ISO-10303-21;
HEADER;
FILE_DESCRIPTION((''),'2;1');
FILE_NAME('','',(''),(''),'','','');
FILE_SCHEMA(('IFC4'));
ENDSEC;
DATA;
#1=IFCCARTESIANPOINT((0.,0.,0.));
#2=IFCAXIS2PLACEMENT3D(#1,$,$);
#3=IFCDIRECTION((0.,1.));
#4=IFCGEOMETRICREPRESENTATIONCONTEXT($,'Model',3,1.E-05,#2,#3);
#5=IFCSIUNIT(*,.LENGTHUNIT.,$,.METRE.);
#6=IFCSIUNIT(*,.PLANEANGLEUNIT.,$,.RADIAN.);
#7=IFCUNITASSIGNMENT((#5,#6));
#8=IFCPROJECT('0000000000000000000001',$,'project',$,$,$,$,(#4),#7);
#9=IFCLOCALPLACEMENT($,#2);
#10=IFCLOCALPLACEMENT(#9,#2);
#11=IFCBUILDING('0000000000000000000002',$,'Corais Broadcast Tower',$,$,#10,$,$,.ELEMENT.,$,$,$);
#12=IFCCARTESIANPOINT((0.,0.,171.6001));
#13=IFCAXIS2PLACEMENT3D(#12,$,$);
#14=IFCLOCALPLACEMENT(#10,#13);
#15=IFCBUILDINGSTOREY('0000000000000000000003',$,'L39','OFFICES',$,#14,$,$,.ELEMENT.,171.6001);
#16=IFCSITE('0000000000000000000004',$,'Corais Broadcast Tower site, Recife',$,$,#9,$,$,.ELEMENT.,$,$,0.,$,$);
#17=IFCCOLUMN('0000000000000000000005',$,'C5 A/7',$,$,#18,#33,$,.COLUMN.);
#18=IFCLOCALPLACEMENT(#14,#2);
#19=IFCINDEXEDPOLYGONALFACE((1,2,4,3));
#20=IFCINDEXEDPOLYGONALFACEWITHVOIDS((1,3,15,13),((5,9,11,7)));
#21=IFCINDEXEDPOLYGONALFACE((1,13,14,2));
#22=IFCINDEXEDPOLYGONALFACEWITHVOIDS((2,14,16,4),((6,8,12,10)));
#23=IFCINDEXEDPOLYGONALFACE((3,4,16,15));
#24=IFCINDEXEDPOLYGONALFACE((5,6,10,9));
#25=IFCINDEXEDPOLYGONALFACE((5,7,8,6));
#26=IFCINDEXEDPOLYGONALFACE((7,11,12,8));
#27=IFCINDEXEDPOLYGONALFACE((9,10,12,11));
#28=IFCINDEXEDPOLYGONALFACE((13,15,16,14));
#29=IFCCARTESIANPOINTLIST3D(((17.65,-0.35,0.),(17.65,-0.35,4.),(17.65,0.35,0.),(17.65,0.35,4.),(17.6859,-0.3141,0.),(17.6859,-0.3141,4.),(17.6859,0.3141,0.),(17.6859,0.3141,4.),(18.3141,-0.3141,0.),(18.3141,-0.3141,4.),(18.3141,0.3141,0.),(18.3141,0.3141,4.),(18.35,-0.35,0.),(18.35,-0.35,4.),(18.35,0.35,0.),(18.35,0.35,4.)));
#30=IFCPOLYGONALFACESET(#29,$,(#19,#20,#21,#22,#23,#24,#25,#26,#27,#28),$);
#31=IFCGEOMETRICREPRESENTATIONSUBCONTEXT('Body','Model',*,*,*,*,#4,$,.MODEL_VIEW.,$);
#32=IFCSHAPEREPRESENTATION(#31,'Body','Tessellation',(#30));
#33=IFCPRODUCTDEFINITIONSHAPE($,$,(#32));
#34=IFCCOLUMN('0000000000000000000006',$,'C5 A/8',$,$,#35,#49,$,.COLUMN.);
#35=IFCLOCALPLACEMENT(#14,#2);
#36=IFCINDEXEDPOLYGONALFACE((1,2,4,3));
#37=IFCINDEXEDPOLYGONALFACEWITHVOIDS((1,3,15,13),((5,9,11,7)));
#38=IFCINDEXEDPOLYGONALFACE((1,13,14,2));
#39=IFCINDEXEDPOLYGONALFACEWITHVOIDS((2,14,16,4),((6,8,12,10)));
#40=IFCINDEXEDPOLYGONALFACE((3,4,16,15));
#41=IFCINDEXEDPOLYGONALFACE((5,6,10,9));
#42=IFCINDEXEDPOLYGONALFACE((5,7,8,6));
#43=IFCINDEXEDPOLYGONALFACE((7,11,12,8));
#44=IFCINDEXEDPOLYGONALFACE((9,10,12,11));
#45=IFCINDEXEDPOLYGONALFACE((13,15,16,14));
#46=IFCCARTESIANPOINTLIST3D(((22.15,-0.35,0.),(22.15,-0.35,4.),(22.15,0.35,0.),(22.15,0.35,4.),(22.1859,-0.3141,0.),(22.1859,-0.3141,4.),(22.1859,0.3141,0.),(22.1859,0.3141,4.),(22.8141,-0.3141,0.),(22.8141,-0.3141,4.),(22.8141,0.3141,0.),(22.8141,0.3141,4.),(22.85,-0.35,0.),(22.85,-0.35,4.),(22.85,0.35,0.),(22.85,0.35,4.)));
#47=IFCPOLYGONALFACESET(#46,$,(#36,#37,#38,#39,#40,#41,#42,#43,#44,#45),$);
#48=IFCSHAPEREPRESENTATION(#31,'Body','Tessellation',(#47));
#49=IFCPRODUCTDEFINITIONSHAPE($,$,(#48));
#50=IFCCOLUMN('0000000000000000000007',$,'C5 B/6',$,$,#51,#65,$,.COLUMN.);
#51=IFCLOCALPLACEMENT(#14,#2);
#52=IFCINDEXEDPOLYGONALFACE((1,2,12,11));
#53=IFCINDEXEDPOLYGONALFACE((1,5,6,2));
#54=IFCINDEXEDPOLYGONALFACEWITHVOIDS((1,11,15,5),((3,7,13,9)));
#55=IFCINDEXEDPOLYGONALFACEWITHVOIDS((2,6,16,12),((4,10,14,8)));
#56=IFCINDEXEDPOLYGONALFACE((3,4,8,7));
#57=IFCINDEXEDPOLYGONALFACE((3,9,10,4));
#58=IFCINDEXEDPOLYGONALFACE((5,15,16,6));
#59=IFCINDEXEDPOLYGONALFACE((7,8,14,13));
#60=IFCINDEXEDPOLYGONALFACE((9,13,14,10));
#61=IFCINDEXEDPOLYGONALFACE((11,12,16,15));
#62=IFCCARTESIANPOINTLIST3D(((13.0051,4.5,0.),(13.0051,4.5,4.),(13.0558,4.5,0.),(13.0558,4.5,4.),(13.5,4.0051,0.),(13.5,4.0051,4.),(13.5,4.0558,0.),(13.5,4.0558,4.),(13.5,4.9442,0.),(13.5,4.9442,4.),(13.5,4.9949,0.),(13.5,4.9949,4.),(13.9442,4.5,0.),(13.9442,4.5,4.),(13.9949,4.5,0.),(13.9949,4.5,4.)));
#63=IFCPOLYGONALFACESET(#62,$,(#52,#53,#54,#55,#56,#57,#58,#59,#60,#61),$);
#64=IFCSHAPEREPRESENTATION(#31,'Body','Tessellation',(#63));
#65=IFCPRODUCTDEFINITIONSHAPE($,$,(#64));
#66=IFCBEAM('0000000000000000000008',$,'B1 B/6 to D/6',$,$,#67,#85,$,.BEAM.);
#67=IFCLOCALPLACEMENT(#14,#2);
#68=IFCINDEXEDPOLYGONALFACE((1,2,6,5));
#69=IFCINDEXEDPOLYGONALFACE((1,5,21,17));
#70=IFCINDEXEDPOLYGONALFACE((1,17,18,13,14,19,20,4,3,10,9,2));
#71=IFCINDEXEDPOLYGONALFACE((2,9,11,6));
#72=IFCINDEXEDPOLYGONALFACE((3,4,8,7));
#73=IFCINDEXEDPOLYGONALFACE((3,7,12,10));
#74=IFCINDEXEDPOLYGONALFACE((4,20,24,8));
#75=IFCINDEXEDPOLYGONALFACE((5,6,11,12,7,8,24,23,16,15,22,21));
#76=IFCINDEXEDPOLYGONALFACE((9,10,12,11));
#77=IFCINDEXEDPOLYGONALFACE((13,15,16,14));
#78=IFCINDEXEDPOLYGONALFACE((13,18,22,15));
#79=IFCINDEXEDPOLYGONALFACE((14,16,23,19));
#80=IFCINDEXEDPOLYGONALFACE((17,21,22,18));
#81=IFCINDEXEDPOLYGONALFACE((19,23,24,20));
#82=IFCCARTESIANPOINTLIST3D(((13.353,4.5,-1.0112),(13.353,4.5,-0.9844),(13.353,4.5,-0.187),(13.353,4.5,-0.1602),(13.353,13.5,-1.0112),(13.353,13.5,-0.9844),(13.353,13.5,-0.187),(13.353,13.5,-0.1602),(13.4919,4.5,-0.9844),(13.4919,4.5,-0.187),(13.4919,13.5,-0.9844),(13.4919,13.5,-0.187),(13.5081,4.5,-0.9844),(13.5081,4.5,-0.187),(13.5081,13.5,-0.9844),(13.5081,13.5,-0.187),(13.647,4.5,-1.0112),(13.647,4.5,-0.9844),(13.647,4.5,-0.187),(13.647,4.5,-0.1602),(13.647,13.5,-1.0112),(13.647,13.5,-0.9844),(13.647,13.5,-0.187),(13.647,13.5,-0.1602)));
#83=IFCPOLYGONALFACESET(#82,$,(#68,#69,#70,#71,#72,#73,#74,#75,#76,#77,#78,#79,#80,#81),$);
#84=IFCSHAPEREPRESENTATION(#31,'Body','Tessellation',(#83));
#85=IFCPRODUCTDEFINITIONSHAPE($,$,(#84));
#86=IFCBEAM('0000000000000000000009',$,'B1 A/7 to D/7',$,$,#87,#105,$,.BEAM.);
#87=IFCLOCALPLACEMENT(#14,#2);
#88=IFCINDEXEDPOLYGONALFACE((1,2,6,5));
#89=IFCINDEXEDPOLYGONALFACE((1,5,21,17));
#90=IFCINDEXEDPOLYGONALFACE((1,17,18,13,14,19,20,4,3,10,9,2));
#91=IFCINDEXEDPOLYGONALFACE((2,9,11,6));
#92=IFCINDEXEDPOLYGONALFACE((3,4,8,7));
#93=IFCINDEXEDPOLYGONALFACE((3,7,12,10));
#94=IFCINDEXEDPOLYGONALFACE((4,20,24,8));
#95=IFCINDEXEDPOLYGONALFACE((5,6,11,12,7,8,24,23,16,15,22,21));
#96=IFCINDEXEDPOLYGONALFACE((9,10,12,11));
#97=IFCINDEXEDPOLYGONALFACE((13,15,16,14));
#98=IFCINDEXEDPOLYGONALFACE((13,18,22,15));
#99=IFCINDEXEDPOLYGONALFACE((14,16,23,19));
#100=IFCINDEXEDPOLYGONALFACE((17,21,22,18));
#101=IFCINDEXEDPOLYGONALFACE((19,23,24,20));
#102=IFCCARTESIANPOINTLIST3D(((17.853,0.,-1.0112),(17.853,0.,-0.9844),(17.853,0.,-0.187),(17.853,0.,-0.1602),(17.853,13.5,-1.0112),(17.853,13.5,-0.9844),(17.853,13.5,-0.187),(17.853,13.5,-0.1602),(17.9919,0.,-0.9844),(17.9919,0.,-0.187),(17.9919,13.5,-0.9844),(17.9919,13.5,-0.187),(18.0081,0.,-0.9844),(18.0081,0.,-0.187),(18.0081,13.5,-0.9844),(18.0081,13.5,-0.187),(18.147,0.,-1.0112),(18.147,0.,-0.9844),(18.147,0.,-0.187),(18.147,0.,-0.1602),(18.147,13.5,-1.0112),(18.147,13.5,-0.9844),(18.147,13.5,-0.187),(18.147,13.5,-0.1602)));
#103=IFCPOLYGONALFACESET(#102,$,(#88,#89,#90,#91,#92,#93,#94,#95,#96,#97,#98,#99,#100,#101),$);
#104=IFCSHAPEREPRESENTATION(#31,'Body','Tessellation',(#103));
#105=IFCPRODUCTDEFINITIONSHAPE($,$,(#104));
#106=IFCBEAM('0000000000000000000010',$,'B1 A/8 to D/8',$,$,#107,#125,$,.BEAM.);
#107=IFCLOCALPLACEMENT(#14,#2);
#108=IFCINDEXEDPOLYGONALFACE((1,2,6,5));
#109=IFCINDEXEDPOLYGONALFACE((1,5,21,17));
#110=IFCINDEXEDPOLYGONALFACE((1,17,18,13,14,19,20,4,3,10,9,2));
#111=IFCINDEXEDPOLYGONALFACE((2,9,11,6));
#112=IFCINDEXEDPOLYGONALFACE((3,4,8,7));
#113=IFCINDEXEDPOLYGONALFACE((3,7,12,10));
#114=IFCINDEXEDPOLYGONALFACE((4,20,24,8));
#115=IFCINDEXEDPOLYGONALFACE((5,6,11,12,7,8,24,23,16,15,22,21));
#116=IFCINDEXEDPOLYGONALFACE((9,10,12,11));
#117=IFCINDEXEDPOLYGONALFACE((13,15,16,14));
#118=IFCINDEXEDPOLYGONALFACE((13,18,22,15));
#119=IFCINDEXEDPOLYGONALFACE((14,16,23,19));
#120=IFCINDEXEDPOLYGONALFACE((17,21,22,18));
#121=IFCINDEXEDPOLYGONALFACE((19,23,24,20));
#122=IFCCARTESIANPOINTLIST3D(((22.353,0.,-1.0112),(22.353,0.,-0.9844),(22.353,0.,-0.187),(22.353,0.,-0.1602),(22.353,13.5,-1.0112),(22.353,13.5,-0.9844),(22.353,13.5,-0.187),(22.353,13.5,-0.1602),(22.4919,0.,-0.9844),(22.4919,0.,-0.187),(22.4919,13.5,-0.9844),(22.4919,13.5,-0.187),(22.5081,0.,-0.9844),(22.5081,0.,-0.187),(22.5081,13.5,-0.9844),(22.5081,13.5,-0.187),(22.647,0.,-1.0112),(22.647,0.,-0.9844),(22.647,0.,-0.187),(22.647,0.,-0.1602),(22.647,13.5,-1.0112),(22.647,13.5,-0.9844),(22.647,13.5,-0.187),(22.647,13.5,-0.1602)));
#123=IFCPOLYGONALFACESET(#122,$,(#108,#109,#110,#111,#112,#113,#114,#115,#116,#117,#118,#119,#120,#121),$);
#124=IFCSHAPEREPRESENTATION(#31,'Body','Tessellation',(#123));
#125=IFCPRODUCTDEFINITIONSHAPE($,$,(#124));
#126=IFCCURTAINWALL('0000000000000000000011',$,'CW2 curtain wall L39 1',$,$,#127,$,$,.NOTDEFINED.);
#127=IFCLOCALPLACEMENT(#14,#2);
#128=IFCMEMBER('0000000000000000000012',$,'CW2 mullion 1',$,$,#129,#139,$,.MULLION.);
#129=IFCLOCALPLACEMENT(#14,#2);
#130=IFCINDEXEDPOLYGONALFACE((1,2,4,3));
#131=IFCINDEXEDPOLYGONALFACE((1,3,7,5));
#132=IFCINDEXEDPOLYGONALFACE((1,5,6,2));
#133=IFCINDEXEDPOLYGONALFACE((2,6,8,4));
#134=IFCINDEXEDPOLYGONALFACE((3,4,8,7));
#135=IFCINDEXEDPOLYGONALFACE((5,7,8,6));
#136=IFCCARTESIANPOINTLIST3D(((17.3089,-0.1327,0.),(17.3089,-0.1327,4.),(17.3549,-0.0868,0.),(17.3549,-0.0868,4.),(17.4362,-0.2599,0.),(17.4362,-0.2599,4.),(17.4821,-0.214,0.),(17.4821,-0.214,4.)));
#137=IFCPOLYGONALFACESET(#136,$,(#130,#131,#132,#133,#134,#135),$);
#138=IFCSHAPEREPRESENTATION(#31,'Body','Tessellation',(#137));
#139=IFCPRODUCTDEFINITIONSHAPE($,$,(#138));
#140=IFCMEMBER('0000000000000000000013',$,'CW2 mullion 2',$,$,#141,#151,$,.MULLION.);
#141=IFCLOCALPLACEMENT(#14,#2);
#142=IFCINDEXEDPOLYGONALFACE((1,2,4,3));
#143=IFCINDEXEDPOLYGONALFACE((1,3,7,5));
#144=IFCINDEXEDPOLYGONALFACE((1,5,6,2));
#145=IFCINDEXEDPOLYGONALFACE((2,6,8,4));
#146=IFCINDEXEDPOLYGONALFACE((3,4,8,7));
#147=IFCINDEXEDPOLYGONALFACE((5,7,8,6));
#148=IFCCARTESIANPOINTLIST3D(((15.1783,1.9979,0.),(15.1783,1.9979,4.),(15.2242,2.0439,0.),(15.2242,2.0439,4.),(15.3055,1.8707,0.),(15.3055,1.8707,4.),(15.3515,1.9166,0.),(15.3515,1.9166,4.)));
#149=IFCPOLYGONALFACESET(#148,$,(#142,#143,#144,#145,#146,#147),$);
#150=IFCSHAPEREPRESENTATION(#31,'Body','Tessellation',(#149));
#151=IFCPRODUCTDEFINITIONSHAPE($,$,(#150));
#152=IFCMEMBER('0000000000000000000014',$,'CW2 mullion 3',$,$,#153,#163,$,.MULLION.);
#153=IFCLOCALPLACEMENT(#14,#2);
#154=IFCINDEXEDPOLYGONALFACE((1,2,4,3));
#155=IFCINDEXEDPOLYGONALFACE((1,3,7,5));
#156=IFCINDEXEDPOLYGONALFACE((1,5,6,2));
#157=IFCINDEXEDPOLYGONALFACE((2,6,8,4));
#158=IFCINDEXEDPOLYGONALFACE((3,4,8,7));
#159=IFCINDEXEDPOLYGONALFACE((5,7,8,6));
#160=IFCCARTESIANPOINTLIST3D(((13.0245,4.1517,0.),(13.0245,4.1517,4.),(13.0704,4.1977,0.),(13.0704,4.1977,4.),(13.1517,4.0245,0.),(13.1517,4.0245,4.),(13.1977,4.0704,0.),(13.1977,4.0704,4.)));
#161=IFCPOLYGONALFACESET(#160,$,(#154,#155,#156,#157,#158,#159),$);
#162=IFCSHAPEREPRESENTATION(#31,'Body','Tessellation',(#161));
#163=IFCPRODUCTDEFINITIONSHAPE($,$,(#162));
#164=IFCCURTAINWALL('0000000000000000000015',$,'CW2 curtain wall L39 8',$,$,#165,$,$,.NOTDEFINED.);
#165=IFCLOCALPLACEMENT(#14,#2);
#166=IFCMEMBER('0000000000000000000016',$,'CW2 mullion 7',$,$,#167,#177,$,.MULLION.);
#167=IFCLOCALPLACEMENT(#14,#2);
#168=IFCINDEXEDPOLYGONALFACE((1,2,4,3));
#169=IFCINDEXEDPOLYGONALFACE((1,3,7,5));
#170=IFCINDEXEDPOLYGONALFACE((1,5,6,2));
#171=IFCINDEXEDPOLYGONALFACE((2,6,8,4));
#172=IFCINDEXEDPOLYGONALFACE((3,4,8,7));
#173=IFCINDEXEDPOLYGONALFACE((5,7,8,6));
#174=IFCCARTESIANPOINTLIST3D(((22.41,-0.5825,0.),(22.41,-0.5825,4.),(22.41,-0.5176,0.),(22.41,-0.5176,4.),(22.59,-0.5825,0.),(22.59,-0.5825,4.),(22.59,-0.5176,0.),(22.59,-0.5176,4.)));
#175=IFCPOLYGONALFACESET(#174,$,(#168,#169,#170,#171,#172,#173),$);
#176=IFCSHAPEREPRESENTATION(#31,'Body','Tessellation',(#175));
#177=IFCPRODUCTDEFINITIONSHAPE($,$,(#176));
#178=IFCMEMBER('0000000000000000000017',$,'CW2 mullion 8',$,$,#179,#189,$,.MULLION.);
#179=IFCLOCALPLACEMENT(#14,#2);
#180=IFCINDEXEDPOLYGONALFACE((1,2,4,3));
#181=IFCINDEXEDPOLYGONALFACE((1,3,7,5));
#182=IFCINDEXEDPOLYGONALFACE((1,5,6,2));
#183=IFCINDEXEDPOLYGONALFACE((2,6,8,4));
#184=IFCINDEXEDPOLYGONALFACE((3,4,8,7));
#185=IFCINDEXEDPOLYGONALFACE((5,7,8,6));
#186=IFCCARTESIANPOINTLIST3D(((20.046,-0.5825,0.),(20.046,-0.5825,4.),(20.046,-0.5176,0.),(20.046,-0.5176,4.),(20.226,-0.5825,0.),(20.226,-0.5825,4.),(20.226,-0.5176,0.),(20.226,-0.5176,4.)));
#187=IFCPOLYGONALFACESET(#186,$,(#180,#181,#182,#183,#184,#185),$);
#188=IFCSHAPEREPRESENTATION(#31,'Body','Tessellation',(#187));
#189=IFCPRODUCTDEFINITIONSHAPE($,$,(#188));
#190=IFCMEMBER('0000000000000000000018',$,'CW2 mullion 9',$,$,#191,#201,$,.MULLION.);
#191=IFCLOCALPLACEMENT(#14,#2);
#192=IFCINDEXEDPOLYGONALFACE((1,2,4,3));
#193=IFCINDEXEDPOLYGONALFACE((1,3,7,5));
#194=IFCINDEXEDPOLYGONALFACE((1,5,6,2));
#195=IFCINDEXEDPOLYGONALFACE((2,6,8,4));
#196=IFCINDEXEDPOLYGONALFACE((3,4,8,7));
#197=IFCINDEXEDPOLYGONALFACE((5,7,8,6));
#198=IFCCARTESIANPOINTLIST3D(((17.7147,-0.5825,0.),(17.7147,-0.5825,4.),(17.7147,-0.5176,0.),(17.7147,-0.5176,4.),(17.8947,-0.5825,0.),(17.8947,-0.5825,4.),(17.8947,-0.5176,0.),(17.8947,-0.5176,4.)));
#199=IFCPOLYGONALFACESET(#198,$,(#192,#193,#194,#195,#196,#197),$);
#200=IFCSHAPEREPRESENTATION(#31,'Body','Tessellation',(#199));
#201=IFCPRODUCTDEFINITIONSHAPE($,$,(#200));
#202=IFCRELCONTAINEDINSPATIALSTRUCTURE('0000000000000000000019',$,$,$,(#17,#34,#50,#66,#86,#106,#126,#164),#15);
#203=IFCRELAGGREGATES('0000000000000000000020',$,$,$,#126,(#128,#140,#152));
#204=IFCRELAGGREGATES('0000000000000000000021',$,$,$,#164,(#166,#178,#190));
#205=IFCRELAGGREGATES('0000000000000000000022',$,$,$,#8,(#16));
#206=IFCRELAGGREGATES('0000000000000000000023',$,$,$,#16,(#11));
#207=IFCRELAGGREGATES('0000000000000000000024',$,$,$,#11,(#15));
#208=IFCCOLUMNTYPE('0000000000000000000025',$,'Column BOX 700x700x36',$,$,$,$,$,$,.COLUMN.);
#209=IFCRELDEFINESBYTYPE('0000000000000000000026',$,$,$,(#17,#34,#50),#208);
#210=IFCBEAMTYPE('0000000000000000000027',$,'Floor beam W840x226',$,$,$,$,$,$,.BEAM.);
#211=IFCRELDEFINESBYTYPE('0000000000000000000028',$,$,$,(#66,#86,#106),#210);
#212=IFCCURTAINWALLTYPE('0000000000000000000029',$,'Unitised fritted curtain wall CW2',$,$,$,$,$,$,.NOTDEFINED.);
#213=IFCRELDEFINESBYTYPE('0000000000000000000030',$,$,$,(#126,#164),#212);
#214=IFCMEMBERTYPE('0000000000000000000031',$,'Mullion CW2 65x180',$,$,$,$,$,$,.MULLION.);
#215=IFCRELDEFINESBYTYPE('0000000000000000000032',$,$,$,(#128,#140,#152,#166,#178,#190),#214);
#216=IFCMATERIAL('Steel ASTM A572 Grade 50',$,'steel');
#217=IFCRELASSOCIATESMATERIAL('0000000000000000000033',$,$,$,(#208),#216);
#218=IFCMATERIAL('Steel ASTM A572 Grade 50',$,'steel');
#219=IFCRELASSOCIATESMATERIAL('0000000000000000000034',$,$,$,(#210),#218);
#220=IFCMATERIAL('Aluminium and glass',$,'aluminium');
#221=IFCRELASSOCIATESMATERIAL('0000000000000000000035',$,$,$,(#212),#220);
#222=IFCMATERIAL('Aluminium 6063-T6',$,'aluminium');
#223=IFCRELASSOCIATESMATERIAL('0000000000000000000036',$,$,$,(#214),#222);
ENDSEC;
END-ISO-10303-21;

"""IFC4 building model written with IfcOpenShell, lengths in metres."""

from ifc_helpers import new_model, si_unit, direction, frame, origin, origin_2d, place, context, subcontext, project, spatial, rectangle, hollow_rectangle, i_section, extrude, material, material_profile, profile_set, type_object, element, aggregate, save


model = new_model("IFC4")

# Units and contexts
model_context = context("Model", 3, precision=1e-05, world=origin(), true_north=direction((0.0, 1.0)))
body_context = subcontext(model_context, "Body", "Model", "MODEL_VIEW")
ifc_project = project(units=[si_unit("LENGTHUNIT", "METRE"), si_unit("PLANEANGLEUNIT", "RADIAN")], contexts=[model_context])

# Site, building, storey
site_placement = place(None, origin())
site = spatial("IfcSite", under=ifc_project, at=site_placement, Name="Corais Broadcast Tower site, Recife", CompositionType="ELEMENT", RefElevation=0.0)
building_placement = place(site_placement, origin())
building = spatial("IfcBuilding", under=site, at=building_placement, Name="Corais Broadcast Tower", CompositionType="ELEMENT")
storey_placement = place(building_placement, frame((0.0, 0.0, 171.6001)))
storey = spatial("IfcBuildingStorey", under=building, at=storey_placement, Name="L39", Description="OFFICES", CompositionType="ELEMENT", Elevation=171.6001)

# Columns
ifc_material_1 = material(Name="Steel ASTM A572 Grade 50", Category="steel")
ifc_material_profile_1 = material_profile(ifc_material_1, hollow_rectangle(XDim=0.7, YDim=0.7, WallThickness=0.0359, at=origin_2d()), Name="BOX 700x700x36")
ifc_profile_set_1 = profile_set([ifc_material_profile_1], Name="Steel ASTM A572 Grade 50")
column_type = type_object("IfcColumnType", Name="Column BOX 700x700x36", PredefinedType="COLUMN", material=ifc_profile_set_1)
for number, where, z_axis, x_axis, name in (
    (1, (18.0, 0.0, 0.0), (0.0, 0.0, 1.0), (1.0, 0.0, 0.0), "C5 A/7"),
    (2, (22.5, 0.0, 0.0), (0.0, 0.0, 1.0), (1.0, 0.0, 0.0), "C5 A/8"),
    (3, (13.5, 4.5, 0.0), (0.0, 0.0, 1.0), (0.707107, 0.707107, 0.0), "C5 B/6"),
):
    element("IfcColumn", number, at=place(storey_placement, frame(where, z_axis=z_axis, x_axis=x_axis)), inside=storey, type_object=column_type, Name=name, PredefinedType="COLUMN", context=body_context, shape_type="SweptSolid", body=[
        extrude(hollow_rectangle(XDim=0.7, YDim=0.7, WallThickness=0.0359, at=origin_2d()), origin(), (0.0, 0.0, 1.0), 4.0),
    ])

# Beams
ifc_material_2 = material(Name="Steel ASTM A572 Grade 50", Category="steel")
ifc_material_profile_2 = material_profile(ifc_material_2, i_section(OverallWidth=0.2939, OverallDepth=0.8511, WebThickness=0.0161, FlangeThickness=0.0269, at=origin_2d()), Name="W840x226")
ifc_profile_set_2 = profile_set([ifc_material_profile_2], Name="Steel ASTM A572 Grade 50")
beam_type_1 = type_object("IfcBeamType", Name="Floor beam W840x226", PredefinedType="BEAM", material=ifc_profile_set_2)
beam_1_placement = place(storey_placement, frame((13.5, 4.5, -0.5857), z_axis=(0.0, 1.0, 0.0), x_axis=(-1.0, 0.0, 0.0)))
element("IfcBeam", 4, at=beam_1_placement, inside=storey, type_object=beam_type_1, Name="B1 B/6 to D/6", PredefinedType="BEAM", context=body_context, shape_type="SweptSolid", body=[
    extrude(i_section(OverallWidth=0.2939, OverallDepth=0.8511, WebThickness=0.0161, FlangeThickness=0.0269, at=origin_2d()), origin(), (0.0, 0.0, 1.0), 9.0),
])
for number, where, z_axis, x_axis, name in (
    (5, (18.0, 0.0, -0.5857), (0.0, 1.0, 0.0), (-1.0, 0.0, 0.0), "B1 A/7 to D/7"),
    (6, (22.5, 0.0, -0.5857), (0.0, 1.0, 0.0), (-1.0, 0.0, 0.0), "B1 A/8 to D/8"),
):
    element("IfcBeam", number, at=place(storey_placement, frame(where, z_axis=z_axis, x_axis=x_axis)), inside=storey, type_object=beam_type_1, Name=name, PredefinedType="BEAM", context=body_context, shape_type="SweptSolid", body=[
        extrude(i_section(OverallWidth=0.2939, OverallDepth=0.8511, WebThickness=0.0161, FlangeThickness=0.0269, at=origin_2d()), origin(), (0.0, 0.0, 1.0), 13.5),
    ])

# Curtain walls, members
ifc_material_3 = material(Name="Aluminium and glass", Category="aluminium")
curtain_wall_type = type_object("IfcCurtainWallType", Name="Unitised fritted curtain wall CW2", PredefinedType="NOTDEFINED", material=ifc_material_3)
curtain_wall_1_placement = place(storey_placement, origin())
curtain_wall_1 = element("IfcCurtainWall", 7, at=curtain_wall_1_placement, inside=storey, type_object=curtain_wall_type, Name="CW2 curtain wall L39 1", PredefinedType="NOTDEFINED")
ifc_material_4 = material(Name="Aluminium 6063-T6", Category="aluminium")
ifc_material_profile_3 = material_profile(ifc_material_4, rectangle(XDim=0.0649, YDim=0.1799, at=origin_2d()), Name="Mullion CW2 65x180")
ifc_profile_set_3 = profile_set([ifc_material_profile_3], Name="Aluminium 6063-T6")
member_type_1 = type_object("IfcMemberType", Name="Mullion CW2 65x180", PredefinedType="MULLION", material=ifc_profile_set_3)
member_1_placement = place(storey_placement, frame((17.3955, -0.1733, 0.0), z_axis=(0.0, 0.0, 1.0), x_axis=(-0.707107, -0.707107, 0.0)))
member_1 = element("IfcMember", 8, at=member_1_placement, type_object=member_type_1, Name="CW2 mullion 1", PredefinedType="MULLION", context=body_context, shape_type="SweptSolid", body=[
    extrude(rectangle(XDim=0.0649, YDim=0.1799, at=origin_2d()), origin(), (0.0, 0.0, 1.0), 4.0),
])
member_2_placement = place(storey_placement, frame((15.2649, 1.9573, 0.0), z_axis=(0.0, 0.0, 1.0), x_axis=(-0.707107, -0.707107, 0.0)))
member_2 = element("IfcMember", 9, at=member_2_placement, type_object=member_type_1, Name="CW2 mullion 2", PredefinedType="MULLION", context=body_context, shape_type="SweptSolid", body=[
    extrude(rectangle(XDim=0.0649, YDim=0.1799, at=origin_2d()), origin(), (0.0, 0.0, 1.0), 4.0),
])
member_3_placement = place(storey_placement, frame((13.1111, 4.1111, 0.0), z_axis=(0.0, 0.0, 1.0), x_axis=(-0.707107, -0.707107, 0.0)))
member_3 = element("IfcMember", 10, at=member_3_placement, type_object=member_type_1, Name="CW2 mullion 3", PredefinedType="MULLION", context=body_context, shape_type="SweptSolid", body=[
    extrude(rectangle(XDim=0.0649, YDim=0.1799, at=origin_2d()), origin(), (0.0, 0.0, 1.0), 4.0),
])
curtain_wall_2_placement = place(storey_placement, origin())
curtain_wall_2 = element("IfcCurtainWall", 11, at=curtain_wall_2_placement, inside=storey, type_object=curtain_wall_type, Name="CW2 curtain wall L39 8", PredefinedType="NOTDEFINED")
member_4_placement = place(storey_placement, frame((22.5, -0.55, 0.0), z_axis=(0.0, 0.0, 1.0), x_axis=(0.0, -1.0, 0.0)))
member_4 = element("IfcMember", 12, at=member_4_placement, type_object=member_type_1, Name="CW2 mullion 7", PredefinedType="MULLION", context=body_context, shape_type="SweptSolid", body=[
    extrude(rectangle(XDim=0.0649, YDim=0.1799, at=origin_2d()), origin(), (0.0, 0.0, 1.0), 4.0),
])
member_5_placement = place(storey_placement, frame((20.136, -0.55, 0.0), z_axis=(0.0, 0.0, 1.0), x_axis=(0.0, -1.0, 0.0)))
member_5 = element("IfcMember", 13, at=member_5_placement, type_object=member_type_1, Name="CW2 mullion 8", PredefinedType="MULLION", context=body_context, shape_type="SweptSolid", body=[
    extrude(rectangle(XDim=0.0649, YDim=0.1799, at=origin_2d()), origin(), (0.0, 0.0, 1.0), 4.0),
])
member_6_placement = place(storey_placement, frame((17.8047, -0.55, 0.0), z_axis=(0.0, 0.0, 1.0), x_axis=(0.0, -1.0, 0.0)))
member_6 = element("IfcMember", 14, at=member_6_placement, type_object=member_type_1, Name="CW2 mullion 9", PredefinedType="MULLION", context=body_context, shape_type="SweptSolid", body=[
    extrude(rectangle(XDim=0.0649, YDim=0.1799, at=origin_2d()), origin(), (0.0, 0.0, 1.0), 4.0),
])

aggregate(curtain_wall_1, [member_1, member_2, member_3])
aggregate(curtain_wall_2, [member_4, member_5, member_6])

save(model, "model.ifc")
